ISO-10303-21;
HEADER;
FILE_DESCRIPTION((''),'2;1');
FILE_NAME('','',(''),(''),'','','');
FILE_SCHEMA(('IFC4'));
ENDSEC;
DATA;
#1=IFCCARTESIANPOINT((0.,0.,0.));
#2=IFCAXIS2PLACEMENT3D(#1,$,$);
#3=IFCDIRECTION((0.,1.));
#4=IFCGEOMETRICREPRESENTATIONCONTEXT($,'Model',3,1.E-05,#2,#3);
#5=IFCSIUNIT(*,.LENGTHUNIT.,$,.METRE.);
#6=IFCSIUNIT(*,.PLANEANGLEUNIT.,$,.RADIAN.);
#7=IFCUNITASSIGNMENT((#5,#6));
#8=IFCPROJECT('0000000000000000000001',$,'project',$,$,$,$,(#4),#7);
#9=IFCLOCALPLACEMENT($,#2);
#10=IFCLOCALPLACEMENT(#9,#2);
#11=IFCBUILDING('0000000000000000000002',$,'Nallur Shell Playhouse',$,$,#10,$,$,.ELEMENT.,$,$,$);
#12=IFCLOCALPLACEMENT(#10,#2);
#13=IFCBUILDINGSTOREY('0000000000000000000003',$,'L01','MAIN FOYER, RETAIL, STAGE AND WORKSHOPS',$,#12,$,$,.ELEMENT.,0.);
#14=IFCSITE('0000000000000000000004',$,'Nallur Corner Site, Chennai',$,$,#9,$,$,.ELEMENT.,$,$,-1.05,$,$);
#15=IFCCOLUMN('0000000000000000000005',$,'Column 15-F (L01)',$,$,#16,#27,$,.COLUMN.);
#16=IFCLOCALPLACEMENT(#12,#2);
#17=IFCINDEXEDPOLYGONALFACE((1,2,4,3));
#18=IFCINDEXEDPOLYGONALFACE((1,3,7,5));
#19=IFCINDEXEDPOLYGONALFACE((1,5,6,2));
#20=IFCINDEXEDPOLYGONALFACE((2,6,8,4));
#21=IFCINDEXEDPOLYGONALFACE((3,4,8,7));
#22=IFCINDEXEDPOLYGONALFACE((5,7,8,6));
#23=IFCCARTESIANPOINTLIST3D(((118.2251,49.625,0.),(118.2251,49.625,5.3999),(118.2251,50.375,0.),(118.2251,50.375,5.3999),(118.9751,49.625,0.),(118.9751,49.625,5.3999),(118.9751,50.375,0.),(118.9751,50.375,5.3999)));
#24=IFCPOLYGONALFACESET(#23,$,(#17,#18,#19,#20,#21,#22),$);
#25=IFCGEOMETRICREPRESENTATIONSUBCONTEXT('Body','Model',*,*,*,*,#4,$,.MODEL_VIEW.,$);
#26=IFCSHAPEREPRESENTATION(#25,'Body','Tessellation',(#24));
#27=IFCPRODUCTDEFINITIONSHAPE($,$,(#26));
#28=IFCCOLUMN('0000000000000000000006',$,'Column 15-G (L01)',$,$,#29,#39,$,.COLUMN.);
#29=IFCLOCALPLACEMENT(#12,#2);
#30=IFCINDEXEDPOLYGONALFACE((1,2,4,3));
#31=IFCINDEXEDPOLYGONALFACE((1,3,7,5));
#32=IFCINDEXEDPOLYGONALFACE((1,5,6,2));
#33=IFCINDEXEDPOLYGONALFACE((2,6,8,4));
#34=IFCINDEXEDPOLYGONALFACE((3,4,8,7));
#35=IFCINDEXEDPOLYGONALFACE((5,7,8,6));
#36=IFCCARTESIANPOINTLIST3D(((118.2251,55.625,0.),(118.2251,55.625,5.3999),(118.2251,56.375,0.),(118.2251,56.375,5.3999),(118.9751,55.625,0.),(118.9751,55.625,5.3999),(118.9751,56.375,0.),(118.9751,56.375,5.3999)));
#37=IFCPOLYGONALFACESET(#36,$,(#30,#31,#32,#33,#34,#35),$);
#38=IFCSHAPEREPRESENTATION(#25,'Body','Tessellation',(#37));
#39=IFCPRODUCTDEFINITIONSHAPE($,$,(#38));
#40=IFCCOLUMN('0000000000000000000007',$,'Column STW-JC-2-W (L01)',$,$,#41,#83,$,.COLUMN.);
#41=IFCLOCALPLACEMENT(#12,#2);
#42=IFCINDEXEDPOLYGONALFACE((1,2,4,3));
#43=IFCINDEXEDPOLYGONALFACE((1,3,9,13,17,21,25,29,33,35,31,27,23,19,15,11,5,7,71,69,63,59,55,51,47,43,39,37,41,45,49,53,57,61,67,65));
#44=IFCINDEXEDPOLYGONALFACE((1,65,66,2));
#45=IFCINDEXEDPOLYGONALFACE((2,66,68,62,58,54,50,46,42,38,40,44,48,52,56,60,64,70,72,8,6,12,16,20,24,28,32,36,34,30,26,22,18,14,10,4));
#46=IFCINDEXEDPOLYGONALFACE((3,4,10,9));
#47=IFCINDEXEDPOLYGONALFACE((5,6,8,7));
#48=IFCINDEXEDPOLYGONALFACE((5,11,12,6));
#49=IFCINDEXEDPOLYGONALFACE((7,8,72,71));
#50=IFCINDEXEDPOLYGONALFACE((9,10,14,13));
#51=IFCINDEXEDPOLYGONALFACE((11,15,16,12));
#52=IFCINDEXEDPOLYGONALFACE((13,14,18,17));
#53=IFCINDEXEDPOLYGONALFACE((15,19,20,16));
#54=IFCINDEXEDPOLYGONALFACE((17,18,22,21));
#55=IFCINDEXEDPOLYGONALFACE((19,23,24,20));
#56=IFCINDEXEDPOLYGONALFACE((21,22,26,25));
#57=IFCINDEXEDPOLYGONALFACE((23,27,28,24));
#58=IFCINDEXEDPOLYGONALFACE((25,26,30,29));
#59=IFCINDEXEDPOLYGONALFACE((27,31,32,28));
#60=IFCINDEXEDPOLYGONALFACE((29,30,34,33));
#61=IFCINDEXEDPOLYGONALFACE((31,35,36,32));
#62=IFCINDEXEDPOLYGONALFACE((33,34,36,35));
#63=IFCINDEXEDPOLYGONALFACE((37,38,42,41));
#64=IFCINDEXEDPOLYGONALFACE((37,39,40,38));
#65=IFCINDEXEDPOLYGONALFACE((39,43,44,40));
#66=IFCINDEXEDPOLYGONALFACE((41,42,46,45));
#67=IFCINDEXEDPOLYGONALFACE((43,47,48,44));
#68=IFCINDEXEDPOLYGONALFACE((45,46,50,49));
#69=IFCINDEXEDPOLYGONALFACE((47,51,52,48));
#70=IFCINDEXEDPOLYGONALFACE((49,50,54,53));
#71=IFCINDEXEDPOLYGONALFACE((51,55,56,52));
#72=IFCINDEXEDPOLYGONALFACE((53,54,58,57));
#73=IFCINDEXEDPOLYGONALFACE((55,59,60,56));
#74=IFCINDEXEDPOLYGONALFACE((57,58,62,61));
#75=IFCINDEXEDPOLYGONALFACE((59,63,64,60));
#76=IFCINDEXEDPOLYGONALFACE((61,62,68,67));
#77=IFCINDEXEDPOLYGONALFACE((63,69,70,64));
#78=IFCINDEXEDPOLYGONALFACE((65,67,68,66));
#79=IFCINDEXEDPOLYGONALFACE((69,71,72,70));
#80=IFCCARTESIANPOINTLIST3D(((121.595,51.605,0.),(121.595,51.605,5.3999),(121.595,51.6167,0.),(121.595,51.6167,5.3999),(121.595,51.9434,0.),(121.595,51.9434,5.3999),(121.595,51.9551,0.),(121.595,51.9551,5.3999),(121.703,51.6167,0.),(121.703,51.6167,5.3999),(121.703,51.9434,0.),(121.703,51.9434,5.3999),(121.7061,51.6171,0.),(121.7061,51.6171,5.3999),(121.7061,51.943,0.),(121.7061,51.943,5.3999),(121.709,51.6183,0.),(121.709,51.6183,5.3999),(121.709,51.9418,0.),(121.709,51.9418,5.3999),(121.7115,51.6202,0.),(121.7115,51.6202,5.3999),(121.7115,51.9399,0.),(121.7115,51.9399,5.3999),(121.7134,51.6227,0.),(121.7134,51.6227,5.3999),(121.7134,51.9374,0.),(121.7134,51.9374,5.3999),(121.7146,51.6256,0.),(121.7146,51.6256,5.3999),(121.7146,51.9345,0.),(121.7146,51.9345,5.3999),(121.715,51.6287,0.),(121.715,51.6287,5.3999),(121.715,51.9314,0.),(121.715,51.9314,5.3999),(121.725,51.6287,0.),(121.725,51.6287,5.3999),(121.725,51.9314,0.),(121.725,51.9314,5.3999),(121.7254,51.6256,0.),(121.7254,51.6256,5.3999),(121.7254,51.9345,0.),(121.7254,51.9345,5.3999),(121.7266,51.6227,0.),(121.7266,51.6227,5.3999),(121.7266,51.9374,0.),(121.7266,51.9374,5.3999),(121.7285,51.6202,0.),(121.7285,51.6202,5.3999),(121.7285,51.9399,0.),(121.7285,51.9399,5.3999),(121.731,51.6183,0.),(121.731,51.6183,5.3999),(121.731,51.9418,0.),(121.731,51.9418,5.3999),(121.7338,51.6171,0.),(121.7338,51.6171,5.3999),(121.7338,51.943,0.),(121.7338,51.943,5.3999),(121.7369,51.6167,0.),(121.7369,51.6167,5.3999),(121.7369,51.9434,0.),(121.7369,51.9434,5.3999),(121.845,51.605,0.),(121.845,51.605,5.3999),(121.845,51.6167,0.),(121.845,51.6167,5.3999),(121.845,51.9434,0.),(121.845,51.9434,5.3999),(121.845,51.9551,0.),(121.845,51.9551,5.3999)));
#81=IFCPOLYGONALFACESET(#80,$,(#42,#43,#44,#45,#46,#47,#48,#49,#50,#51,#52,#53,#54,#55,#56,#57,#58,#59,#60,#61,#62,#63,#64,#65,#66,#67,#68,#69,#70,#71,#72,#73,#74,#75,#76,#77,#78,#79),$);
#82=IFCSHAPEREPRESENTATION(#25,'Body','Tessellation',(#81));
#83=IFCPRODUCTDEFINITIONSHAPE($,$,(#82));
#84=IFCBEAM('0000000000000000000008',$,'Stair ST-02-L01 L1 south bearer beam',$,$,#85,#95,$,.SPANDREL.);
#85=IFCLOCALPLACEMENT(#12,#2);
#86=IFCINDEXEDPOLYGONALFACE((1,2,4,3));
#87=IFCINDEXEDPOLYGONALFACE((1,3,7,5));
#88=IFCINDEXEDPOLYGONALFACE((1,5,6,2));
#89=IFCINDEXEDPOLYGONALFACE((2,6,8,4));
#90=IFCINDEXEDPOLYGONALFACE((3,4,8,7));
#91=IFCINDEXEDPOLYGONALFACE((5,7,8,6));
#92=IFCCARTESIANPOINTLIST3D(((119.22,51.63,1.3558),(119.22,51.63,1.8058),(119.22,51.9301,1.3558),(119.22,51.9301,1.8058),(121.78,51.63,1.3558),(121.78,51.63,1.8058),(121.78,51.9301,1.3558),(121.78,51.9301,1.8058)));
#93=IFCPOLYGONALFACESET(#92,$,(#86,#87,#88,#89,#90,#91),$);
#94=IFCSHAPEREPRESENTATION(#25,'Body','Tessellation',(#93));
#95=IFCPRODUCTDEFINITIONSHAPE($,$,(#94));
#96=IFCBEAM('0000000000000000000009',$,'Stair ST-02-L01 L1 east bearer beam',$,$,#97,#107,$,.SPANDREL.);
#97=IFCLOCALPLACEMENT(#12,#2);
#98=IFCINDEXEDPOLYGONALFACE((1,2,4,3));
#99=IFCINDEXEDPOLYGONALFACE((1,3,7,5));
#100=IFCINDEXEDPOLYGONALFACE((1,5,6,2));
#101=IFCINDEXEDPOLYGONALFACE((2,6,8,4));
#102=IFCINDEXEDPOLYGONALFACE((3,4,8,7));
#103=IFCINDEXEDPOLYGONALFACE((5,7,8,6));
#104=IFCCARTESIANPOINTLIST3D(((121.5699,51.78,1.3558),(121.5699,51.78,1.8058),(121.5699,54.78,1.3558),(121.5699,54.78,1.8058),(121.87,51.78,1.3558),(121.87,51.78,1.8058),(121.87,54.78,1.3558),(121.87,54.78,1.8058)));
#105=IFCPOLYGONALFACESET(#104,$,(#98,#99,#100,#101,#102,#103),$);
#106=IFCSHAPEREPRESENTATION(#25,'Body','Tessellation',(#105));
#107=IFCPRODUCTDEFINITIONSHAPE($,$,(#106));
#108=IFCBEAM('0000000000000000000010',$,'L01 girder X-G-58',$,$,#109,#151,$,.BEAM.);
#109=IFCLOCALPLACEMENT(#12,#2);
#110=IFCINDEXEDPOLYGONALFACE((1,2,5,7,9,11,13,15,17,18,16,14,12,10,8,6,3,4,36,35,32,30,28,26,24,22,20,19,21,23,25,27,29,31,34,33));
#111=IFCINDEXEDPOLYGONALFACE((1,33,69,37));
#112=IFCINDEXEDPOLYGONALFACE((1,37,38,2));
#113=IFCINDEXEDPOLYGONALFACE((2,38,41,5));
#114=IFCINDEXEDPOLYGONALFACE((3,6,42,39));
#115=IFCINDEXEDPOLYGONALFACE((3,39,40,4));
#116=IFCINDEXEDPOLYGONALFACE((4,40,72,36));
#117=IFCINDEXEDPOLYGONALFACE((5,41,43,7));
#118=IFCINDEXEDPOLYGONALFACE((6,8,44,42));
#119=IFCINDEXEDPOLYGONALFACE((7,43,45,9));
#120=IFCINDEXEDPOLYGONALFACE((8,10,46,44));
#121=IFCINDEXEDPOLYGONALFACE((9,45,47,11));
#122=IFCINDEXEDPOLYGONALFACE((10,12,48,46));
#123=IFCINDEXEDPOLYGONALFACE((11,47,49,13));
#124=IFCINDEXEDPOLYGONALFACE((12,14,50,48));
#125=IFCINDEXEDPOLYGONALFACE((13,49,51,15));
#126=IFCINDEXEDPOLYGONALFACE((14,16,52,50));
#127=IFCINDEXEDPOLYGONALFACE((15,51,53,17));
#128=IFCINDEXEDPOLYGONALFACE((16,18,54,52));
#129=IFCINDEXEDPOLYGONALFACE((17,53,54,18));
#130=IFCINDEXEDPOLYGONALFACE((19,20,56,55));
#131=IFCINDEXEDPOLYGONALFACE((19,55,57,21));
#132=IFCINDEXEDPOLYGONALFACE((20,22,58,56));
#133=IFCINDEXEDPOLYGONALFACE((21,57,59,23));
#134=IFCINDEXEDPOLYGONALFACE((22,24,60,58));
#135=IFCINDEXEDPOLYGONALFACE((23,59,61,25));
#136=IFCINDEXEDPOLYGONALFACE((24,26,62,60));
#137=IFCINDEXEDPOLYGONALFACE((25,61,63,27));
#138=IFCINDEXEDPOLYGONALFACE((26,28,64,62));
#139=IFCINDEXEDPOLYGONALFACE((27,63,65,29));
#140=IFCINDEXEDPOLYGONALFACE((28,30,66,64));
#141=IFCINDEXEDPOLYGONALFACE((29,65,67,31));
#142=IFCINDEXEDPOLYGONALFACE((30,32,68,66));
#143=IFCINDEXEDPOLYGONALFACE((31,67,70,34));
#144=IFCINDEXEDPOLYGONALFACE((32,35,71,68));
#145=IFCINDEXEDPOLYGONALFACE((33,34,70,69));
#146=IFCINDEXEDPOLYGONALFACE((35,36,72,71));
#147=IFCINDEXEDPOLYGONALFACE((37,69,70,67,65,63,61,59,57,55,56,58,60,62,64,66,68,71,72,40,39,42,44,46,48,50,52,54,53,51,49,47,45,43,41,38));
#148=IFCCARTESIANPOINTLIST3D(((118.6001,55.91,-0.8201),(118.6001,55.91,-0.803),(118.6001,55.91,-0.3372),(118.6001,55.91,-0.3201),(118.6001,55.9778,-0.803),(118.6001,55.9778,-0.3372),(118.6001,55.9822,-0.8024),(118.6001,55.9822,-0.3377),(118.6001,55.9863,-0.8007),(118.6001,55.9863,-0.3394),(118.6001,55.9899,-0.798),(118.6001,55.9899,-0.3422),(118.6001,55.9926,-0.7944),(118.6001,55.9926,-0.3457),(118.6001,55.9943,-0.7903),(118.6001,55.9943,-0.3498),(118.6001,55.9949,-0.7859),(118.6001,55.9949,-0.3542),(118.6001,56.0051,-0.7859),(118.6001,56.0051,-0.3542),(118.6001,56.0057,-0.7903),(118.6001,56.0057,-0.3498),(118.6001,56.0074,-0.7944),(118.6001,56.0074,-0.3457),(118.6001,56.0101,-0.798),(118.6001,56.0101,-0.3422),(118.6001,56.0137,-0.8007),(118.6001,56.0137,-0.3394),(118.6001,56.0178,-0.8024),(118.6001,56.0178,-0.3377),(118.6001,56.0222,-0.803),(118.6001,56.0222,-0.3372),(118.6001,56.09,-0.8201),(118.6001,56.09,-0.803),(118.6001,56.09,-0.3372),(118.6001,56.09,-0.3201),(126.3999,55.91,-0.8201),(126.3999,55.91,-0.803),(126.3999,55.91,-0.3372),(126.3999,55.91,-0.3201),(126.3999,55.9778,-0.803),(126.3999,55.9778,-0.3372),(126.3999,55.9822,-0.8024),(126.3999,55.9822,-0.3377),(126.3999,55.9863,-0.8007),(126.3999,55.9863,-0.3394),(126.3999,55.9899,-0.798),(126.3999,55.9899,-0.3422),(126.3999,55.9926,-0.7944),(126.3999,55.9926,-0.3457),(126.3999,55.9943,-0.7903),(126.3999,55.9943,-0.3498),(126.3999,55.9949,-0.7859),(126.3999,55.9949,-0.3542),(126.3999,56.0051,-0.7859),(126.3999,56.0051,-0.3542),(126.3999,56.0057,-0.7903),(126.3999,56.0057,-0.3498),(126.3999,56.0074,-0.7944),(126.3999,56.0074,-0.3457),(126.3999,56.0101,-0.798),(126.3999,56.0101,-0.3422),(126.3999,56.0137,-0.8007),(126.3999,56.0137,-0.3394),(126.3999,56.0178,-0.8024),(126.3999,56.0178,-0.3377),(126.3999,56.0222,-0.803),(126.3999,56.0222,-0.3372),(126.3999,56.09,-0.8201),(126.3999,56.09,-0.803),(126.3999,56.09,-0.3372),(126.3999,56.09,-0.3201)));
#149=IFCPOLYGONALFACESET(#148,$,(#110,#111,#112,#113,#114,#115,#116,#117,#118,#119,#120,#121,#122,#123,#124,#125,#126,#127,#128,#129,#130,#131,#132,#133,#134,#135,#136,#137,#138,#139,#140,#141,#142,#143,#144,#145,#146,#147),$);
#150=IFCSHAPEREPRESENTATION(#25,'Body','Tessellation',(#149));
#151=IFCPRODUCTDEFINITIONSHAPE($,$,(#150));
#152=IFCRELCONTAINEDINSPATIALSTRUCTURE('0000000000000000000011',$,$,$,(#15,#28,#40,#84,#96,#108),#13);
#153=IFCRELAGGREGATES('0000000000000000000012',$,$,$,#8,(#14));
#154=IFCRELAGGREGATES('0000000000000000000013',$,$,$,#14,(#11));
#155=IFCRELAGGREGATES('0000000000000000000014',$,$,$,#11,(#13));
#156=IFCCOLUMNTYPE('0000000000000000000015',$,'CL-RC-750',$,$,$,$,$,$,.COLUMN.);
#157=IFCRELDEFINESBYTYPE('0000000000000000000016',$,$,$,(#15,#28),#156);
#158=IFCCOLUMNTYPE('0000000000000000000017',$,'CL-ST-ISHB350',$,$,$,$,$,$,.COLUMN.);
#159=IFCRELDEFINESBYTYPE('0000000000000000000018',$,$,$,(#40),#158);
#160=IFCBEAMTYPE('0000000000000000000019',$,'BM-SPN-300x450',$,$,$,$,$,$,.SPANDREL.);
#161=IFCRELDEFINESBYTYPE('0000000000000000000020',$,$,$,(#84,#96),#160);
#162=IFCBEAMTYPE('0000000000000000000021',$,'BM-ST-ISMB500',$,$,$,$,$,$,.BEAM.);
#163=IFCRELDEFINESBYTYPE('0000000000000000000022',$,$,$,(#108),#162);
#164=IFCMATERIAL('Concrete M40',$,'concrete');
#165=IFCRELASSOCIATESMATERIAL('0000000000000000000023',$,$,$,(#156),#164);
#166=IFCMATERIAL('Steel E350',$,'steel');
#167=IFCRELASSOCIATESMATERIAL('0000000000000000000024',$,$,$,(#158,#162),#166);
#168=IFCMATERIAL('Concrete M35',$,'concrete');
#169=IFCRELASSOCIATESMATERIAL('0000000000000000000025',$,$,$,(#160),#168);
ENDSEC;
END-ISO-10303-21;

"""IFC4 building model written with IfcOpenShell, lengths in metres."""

from ifc_helpers import new_model, si_unit, direction, frame, origin, origin_2d, place, context, subcontext, project, spatial, rectangle, i_section, extrude, material, material_profile, profile_set, type_object, element, save


model = new_model("IFC4")

# Units and contexts
model_context = context("Model", 3, precision=1e-05, world=origin(), true_north=direction((0.0, 1.0)))
body_context = subcontext(model_context, "Body", "Model", "MODEL_VIEW")
ifc_project = project(units=[si_unit("LENGTHUNIT", "METRE"), si_unit("PLANEANGLEUNIT", "RADIAN")], contexts=[model_context])

# Site, building, storey
site_placement = place(None, origin())
site = spatial("IfcSite", under=ifc_project, at=site_placement, Name="Nallur Corner Site, Chennai", CompositionType="ELEMENT", RefElevation=-1.05)
building_placement = place(site_placement, origin())
building = spatial("IfcBuilding", under=site, at=building_placement, Name="Nallur Shell Playhouse", CompositionType="ELEMENT")
storey_placement = place(building_placement, origin())
storey = spatial("IfcBuildingStorey", under=building, at=storey_placement, Name="L01", Description="MAIN FOYER, RETAIL, STAGE AND WORKSHOPS", CompositionType="ELEMENT", Elevation=0.0)

# Columns
ifc_material_1 = material(Name="Concrete M40", Category="concrete")
ifc_material_profile_1 = material_profile(ifc_material_1, rectangle(XDim=0.75, YDim=0.75, at=origin_2d()), Name="RC 750x750")
ifc_profile_set_1 = profile_set([ifc_material_profile_1], Name="Concrete M40")
column_type_1 = type_object("IfcColumnType", Name="CL-RC-750", PredefinedType="COLUMN", material=ifc_profile_set_1)
for number, where, z_axis, x_axis, name in (
    (1, (118.6001, 50.0, 0.0), (0.0, 0.0, 1.0), (1.0, 0.0, 0.0), "Column 15-F (L01)"),
    (2, (118.6001, 56.0, 0.0), (0.0, 0.0, 1.0), (1.0, 0.0, 0.0), "Column 15-G (L01)"),
):
    element("IfcColumn", number, at=place(storey_placement, frame(where, z_axis=z_axis, x_axis=x_axis)), inside=storey, type_object=column_type_1, Name=name, PredefinedType="COLUMN", context=body_context, shape_type="SweptSolid", body=[
        extrude(rectangle(XDim=0.75, YDim=0.75, at=origin_2d()), origin(), (0.0, 0.0, 1.0), 5.3999),
    ])
ifc_material_2 = material(Name="Steel E350", Category="steel")
ifc_material_profile_2 = material_profile(ifc_material_2, i_section(OverallWidth=0.25, OverallDepth=0.3501, WebThickness=0.01, FlangeThickness=0.0117, FilletRadius=0.012, at=origin_2d()), Name="ISHB 350")
ifc_profile_set_2 = profile_set([ifc_material_profile_2], Name="Steel E350")
column_type_2 = type_object("IfcColumnType", Name="CL-ST-ISHB350", PredefinedType="COLUMN", material=ifc_profile_set_2)
column_placement = place(storey_placement, frame((121.72, 51.78, 0.0), z_axis=(0.0, 0.0, 1.0), x_axis=(1.0, 0.0, 0.0)))
element("IfcColumn", 3, at=column_placement, inside=storey, type_object=column_type_2, Name="Column STW-JC-2-W (L01)", PredefinedType="COLUMN", context=body_context, shape_type="SweptSolid", body=[
    extrude(i_section(OverallWidth=0.25, OverallDepth=0.3501, WebThickness=0.01, FlangeThickness=0.0117, FilletRadius=0.012, at=origin_2d()), origin(), (0.0, 0.0, 1.0), 5.3999),
])

# Beams
ifc_material_3 = material(Name="Concrete M35", Category="concrete")
ifc_material_profile_3 = material_profile(ifc_material_3, rectangle(XDim=0.3, YDim=0.45, at=origin_2d()), Name="RC 300x450")
ifc_profile_set_3 = profile_set([ifc_material_profile_3], Name="Concrete M35")
beam_type_1 = type_object("IfcBeamType", Name="BM-SPN-300x450", PredefinedType="SPANDREL", material=ifc_profile_set_3)
beam_1_placement = place(storey_placement, frame((119.22, 51.78, 1.5808), z_axis=(1.0, 0.0, 0.0), x_axis=(0.0, 1.0, 0.0)))
element("IfcBeam", 4, at=beam_1_placement, inside=storey, type_object=beam_type_1, Name="Stair ST-02-L01 L1 south bearer beam", PredefinedType="SPANDREL", context=body_context, shape_type="SweptSolid", body=[
    extrude(rectangle(XDim=0.3, YDim=0.45, at=origin_2d()), origin(), (0.0, 0.0, 1.0), 2.5601),
])
beam_2_placement = place(storey_placement, frame((121.72, 51.78, 1.5808), z_axis=(0.0, 1.0, 0.0), x_axis=(-1.0, 0.0, 0.0)))
element("IfcBeam", 5, at=beam_2_placement, inside=storey, type_object=beam_type_1, Name="Stair ST-02-L01 L1 east bearer beam", PredefinedType="SPANDREL", context=body_context, shape_type="SweptSolid", body=[
    extrude(rectangle(XDim=0.3, YDim=0.45, at=origin_2d()), origin(), (0.0, 0.0, 1.0), 3.0),
])
ifc_material_profile_4 = material_profile(ifc_material_2, i_section(OverallWidth=0.1799, OverallDepth=0.5, WebThickness=0.0103, FlangeThickness=0.0171, FilletRadius=0.0171, at=origin_2d()), Name="ISMB 500")
ifc_profile_set_4 = profile_set([ifc_material_profile_4], Name="Steel E350")
beam_type_2 = type_object("IfcBeamType", Name="BM-ST-ISMB500", PredefinedType="BEAM", material=ifc_profile_set_4)
beam_3_placement = place(storey_placement, frame((118.6001, 56.0, -0.5701), z_axis=(1.0, 0.0, 0.0), x_axis=(0.0, 1.0, 0.0)))
element("IfcBeam", 6, at=beam_3_placement, inside=storey, type_object=beam_type_2, Name="L01 girder X-G-58", PredefinedType="BEAM", context=body_context, shape_type="SweptSolid", body=[
    extrude(i_section(OverallWidth=0.1799, OverallDepth=0.5, WebThickness=0.0103, FlangeThickness=0.0171, FilletRadius=0.0171, at=origin_2d()), origin(), (0.0, 0.0, 1.0), 7.7998),
])

save(model, "model.ifc")
